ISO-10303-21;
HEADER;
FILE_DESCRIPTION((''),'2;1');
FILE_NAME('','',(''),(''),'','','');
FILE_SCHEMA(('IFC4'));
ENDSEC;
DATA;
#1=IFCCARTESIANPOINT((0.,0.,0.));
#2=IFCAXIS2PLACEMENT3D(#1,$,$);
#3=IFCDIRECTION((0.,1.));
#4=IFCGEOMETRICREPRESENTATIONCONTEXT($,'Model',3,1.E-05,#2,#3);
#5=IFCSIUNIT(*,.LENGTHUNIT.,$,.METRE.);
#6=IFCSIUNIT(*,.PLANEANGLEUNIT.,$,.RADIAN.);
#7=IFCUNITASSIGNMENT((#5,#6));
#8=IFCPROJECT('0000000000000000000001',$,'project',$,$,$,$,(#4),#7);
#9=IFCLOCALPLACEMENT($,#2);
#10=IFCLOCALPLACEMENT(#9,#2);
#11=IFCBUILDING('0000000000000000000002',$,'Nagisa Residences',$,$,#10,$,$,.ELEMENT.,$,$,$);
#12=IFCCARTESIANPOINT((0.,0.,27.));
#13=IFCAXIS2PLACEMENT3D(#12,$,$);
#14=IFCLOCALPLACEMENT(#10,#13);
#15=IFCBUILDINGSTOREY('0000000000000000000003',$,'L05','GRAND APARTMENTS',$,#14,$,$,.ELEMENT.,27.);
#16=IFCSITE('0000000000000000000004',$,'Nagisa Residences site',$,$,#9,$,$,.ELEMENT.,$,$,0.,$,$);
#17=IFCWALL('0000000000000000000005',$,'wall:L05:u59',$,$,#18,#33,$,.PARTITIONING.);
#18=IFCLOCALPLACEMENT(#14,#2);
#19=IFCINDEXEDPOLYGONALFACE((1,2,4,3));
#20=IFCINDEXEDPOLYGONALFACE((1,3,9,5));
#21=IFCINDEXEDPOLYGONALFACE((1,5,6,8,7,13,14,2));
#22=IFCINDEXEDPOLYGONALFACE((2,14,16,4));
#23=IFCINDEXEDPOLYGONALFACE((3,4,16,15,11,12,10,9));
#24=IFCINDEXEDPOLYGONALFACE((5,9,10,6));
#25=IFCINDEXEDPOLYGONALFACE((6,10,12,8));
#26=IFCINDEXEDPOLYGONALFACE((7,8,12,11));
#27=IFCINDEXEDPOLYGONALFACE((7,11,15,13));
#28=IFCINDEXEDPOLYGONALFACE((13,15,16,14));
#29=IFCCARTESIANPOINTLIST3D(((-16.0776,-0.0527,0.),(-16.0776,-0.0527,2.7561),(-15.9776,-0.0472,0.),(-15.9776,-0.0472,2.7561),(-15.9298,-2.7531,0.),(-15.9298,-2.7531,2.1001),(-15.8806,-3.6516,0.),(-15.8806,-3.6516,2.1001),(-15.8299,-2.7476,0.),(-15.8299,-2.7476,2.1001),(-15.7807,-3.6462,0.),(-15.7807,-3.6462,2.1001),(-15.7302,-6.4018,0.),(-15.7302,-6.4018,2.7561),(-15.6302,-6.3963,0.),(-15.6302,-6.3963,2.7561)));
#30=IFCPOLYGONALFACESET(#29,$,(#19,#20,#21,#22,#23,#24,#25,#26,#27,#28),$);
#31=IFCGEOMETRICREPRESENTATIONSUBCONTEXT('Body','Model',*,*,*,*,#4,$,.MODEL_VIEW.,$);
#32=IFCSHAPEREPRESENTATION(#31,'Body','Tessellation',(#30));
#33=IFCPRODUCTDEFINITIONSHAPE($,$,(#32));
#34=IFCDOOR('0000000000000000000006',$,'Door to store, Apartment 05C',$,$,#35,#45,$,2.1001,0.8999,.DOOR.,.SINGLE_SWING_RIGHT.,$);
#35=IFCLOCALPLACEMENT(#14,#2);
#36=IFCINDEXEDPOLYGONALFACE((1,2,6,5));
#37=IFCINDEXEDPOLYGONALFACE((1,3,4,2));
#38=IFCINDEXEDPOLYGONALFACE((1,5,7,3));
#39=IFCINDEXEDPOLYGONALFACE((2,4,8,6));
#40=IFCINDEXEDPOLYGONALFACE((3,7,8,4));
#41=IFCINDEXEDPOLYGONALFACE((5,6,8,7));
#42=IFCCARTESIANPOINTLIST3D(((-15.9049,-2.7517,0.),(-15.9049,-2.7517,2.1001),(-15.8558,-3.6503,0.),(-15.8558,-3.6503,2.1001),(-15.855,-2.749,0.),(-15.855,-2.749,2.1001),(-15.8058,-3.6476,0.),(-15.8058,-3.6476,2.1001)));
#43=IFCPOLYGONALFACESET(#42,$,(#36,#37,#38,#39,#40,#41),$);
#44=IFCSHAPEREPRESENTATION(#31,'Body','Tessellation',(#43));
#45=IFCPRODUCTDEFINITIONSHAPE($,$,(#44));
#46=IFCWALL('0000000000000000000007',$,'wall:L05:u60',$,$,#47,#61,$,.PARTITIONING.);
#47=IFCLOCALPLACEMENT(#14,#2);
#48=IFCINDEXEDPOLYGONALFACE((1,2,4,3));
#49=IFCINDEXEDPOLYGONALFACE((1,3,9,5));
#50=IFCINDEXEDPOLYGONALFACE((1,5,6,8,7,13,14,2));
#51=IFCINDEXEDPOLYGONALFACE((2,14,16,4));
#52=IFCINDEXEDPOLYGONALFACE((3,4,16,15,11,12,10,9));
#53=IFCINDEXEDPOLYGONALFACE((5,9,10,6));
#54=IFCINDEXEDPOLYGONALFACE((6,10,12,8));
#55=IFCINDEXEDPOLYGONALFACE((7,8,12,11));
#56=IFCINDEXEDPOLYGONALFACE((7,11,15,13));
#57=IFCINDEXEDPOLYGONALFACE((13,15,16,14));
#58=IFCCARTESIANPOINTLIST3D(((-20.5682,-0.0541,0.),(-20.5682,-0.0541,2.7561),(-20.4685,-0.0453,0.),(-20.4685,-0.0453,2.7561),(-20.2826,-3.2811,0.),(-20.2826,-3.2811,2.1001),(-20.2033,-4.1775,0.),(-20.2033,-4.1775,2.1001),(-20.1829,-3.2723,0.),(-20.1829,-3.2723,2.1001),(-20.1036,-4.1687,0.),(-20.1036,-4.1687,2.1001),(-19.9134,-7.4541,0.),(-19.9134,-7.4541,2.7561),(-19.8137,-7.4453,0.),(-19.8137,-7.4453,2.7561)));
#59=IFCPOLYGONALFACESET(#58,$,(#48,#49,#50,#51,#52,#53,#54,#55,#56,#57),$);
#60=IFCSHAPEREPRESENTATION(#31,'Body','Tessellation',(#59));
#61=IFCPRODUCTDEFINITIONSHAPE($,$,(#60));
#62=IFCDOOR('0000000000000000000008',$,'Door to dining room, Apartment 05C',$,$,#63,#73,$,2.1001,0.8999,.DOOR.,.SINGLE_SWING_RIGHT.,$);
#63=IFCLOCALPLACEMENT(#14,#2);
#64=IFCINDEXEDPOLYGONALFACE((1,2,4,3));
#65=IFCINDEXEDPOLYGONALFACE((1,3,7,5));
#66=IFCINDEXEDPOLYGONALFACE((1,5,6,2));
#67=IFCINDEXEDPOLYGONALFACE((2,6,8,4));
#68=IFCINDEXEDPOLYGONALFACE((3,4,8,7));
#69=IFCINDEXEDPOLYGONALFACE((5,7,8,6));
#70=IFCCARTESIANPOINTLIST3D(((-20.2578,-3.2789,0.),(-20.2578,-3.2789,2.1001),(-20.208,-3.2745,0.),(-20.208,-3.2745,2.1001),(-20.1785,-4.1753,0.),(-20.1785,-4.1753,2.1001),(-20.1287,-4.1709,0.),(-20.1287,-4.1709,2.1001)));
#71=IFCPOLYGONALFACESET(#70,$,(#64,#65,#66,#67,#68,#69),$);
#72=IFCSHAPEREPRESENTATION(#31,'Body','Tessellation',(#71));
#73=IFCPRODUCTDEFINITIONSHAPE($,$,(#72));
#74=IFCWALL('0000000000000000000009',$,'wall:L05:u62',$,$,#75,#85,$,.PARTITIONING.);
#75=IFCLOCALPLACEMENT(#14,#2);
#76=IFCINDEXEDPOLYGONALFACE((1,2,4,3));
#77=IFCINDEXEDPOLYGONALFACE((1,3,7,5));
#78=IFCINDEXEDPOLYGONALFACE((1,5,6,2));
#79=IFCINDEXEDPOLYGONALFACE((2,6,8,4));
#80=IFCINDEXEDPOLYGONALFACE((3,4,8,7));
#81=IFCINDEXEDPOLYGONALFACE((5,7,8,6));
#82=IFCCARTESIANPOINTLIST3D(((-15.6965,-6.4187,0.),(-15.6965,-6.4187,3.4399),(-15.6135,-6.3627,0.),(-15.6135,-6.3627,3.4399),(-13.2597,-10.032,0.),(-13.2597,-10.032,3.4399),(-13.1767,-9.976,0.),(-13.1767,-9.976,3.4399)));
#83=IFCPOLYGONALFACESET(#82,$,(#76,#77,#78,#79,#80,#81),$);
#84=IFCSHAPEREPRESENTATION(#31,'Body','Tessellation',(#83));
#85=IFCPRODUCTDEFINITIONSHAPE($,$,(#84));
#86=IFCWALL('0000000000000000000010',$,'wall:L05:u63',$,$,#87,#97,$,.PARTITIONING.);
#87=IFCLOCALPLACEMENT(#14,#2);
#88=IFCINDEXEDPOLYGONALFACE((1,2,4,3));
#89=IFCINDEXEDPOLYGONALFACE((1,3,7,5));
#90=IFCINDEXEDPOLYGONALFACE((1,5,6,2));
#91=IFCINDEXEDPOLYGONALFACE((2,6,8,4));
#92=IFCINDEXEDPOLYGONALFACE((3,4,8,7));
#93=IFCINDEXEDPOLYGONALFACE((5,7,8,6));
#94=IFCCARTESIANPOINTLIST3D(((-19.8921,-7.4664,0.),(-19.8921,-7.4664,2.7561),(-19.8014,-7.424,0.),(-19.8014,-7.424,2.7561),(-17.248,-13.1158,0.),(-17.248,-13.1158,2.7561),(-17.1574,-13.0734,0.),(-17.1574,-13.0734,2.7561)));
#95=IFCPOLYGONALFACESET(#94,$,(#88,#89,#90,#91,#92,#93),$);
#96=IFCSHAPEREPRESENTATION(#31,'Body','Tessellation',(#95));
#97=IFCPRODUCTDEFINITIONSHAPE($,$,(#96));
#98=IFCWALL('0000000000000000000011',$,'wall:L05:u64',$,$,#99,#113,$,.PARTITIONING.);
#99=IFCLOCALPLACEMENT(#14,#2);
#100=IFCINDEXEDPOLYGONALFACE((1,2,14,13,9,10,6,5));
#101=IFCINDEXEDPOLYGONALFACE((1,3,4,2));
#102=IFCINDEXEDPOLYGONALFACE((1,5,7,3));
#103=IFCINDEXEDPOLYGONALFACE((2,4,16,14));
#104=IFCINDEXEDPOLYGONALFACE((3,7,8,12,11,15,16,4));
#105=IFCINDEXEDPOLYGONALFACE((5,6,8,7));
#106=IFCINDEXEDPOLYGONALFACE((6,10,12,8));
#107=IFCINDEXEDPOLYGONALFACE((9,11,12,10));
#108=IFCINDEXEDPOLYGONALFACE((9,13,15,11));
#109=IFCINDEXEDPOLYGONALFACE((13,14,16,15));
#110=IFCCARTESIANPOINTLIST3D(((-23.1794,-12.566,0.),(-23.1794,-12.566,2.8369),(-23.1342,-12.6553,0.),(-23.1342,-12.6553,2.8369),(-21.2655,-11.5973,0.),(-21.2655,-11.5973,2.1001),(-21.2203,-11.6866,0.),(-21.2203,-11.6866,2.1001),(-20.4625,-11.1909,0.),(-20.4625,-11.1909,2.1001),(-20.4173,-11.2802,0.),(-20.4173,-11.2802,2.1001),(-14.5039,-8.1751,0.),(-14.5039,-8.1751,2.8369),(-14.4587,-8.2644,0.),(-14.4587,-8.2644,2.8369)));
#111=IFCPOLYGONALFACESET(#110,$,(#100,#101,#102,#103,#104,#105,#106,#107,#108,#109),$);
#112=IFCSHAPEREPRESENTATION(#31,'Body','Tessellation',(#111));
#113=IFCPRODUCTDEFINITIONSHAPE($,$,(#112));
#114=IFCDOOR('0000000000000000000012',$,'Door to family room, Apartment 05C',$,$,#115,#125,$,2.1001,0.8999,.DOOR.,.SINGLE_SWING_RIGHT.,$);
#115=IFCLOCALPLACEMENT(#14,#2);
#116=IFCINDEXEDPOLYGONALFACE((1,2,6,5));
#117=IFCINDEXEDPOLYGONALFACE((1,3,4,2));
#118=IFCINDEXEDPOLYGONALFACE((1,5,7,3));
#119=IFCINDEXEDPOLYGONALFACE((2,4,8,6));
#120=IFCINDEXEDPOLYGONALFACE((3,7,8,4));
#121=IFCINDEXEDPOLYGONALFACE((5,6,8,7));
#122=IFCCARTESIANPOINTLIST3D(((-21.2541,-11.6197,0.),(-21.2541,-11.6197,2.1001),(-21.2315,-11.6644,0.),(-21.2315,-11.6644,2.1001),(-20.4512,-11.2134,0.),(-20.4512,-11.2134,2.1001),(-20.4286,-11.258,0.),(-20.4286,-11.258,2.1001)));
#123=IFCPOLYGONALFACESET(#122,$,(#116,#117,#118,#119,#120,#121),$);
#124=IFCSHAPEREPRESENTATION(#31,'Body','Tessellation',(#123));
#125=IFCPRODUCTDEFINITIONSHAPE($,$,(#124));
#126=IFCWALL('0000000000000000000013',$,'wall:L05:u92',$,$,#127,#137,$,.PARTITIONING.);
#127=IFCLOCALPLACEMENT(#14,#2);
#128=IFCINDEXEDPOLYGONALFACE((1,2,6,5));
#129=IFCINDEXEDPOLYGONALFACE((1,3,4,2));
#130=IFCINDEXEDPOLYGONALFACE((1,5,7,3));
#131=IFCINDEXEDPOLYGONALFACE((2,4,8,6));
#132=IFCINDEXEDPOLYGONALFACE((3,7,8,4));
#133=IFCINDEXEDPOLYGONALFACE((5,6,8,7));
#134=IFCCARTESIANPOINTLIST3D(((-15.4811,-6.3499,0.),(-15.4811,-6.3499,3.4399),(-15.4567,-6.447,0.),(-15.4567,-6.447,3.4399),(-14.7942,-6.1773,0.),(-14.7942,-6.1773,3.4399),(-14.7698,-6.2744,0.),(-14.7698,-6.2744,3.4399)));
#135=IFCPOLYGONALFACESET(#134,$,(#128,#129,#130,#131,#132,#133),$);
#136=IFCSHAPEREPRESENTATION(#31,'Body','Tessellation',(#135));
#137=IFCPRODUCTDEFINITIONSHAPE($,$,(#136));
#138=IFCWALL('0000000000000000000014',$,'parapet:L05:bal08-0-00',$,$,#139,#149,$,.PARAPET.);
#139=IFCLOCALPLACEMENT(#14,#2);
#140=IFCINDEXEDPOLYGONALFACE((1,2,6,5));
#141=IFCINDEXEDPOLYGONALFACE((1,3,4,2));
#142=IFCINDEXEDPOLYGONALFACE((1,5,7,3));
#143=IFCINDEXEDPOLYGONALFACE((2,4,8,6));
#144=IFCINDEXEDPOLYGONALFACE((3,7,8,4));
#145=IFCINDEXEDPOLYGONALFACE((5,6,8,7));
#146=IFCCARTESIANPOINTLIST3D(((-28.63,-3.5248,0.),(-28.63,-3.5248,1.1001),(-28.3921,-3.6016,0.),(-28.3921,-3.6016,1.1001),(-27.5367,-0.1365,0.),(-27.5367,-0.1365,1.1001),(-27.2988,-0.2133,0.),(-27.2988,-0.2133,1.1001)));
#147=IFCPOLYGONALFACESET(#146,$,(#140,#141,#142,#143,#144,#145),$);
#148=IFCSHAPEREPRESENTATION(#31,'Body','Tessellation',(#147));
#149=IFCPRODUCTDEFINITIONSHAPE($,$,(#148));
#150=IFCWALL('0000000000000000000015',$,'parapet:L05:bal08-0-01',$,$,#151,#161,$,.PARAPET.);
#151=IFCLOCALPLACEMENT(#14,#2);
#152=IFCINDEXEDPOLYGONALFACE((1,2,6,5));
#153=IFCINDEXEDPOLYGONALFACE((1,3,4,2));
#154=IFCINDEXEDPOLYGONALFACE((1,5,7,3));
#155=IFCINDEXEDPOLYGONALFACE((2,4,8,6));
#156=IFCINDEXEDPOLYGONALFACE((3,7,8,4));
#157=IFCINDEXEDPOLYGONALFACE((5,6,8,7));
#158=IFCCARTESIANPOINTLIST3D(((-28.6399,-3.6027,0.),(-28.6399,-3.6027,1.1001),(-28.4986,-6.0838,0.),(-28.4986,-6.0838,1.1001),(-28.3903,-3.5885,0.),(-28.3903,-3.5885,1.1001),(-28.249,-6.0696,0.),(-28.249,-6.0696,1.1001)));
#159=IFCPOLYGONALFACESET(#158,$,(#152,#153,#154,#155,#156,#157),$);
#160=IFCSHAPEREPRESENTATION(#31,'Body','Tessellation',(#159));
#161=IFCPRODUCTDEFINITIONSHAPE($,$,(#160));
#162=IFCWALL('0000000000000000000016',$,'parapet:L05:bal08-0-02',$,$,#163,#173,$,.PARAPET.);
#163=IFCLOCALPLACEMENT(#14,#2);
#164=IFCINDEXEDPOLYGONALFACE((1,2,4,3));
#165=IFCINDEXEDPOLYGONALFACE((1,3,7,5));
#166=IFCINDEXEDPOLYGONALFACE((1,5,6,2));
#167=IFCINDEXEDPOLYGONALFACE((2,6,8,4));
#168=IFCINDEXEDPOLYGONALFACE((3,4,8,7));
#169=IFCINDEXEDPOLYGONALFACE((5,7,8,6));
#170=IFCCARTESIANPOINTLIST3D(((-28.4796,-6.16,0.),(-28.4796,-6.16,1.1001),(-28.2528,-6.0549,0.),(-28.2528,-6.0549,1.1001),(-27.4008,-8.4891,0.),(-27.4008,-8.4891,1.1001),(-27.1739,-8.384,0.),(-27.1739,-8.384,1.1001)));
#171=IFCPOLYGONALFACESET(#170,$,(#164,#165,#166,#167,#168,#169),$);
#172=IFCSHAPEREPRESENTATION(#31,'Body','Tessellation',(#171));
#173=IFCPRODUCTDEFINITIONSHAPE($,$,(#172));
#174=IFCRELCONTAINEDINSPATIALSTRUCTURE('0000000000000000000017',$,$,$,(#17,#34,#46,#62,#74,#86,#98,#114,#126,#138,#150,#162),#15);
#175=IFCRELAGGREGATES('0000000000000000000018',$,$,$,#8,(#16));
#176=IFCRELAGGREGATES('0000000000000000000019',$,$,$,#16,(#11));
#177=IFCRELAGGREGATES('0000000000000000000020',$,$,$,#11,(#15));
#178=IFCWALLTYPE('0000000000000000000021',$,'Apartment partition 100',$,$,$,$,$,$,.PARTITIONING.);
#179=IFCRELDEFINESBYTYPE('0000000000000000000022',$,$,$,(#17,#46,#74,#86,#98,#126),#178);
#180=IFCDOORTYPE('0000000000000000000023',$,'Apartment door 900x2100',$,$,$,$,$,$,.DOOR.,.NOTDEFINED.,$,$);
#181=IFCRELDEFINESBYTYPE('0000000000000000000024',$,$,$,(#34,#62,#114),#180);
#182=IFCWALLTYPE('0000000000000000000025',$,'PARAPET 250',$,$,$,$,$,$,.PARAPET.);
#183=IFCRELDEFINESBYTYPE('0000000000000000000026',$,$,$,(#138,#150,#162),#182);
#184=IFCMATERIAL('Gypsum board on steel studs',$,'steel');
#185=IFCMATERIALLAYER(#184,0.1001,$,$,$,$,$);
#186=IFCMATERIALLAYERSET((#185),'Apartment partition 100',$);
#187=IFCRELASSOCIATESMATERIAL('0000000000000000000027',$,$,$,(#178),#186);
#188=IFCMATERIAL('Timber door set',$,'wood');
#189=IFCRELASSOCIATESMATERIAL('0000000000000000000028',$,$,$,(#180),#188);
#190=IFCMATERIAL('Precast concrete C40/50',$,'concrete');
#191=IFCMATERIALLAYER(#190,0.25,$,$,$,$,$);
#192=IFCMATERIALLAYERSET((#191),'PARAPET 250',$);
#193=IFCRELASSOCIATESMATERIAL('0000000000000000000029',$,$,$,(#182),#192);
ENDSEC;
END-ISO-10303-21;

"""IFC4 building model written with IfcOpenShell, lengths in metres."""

from ifc_helpers import new_model, si_unit, direction, frame, frame_2d, origin, place, context, subcontext, project, spatial, rectangle, extrude, material, layer, layer_set, type_object, element, fill, save


model = new_model("IFC4")

# Units and contexts
model_context = context("Model", 3, precision=1e-05, world=origin(), true_north=direction((0.0, 1.0)))
body_context = subcontext(model_context, "Body", "Model", "MODEL_VIEW")
ifc_project = project(units=[si_unit("LENGTHUNIT", "METRE"), si_unit("PLANEANGLEUNIT", "RADIAN")], contexts=[model_context])

# Site, building, storey
site_placement = place(None, origin())
site = spatial("IfcSite", under=ifc_project, at=site_placement, Name="Nagisa Residences site", CompositionType="ELEMENT", RefElevation=0.0)
building_placement = place(site_placement, origin())
building = spatial("IfcBuilding", under=site, at=building_placement, Name="Nagisa Residences", CompositionType="ELEMENT")
storey_placement = place(building_placement, frame((0.0, 0.0, 27.0)))
storey = spatial("IfcBuildingStorey", under=building, at=storey_placement, Name="L05", Description="GRAND APARTMENTS", CompositionType="ELEMENT", Elevation=27.0)

# Walls, openings, doors
ifc_material_1 = material(Name="Gypsum board on steel studs", Category="steel")
ifc_layer_1 = layer(ifc_material_1, 0.1001)
ifc_layer_set_1 = layer_set([ifc_layer_1], Name="Apartment partition 100")
wall_type_1 = type_object("IfcWallType", Name="Apartment partition 100", PredefinedType="PARTITIONING", material=ifc_layer_set_1)
wall_1_placement = place(storey_placement, frame((-16.0276, -0.05, 0.0), z_axis=(0.0, 0.0, 1.0), x_axis=(0.054636, -0.998506, 0.0)))
wall_1 = element("IfcWall", 1, at=wall_1_placement, inside=storey, type_object=wall_type_1, Name="wall:L05:u59", PredefinedType="PARTITIONING", context=body_context, shape_type="SweptSolid", body=[
    extrude(rectangle(XDim=6.3586, YDim=0.1001, at=frame_2d((3.1792, 0.0))), origin(), (0.0, 0.0, 1.0), 2.7561),
])
opening_1_placement = place(wall_1_placement, frame((2.7043, 0.0, 0.0)))
opening_1 = element("IfcOpeningElement", 2, at=opening_1_placement, cuts=wall_1, PredefinedType="OPENING", context=body_context, shape_type="SweptSolid", body=[
    extrude(rectangle(XDim=0.8999, YDim=2.1001, at=frame_2d((0.45, 1.05))), frame((0.0, 0.0601, 0.0), z_axis=(0.0, -1.0, 0.0), x_axis=(1.0, 0.0, 0.0)), (0.0, 0.0, 1.0), 0.1201),
])
ifc_material_2 = material(Name="Timber door set", Category="wood")
door_type_1 = type_object("IfcDoorType", Name="Apartment door 900x2100", OperationType="NOTDEFINED", PredefinedType="DOOR", material=ifc_material_2)
door_1_placement = place(opening_1_placement, origin())
door_1 = element("IfcDoor", 3, at=door_1_placement, inside=storey, type_object=door_type_1, Name="Door to store, Apartment 05C", OperationType="SINGLE_SWING_RIGHT", OverallHeight=2.1001, OverallWidth=0.8999, PredefinedType="DOOR", context=body_context, shape_type="SweptSolid", body=[
    extrude(rectangle(XDim=0.8999, YDim=2.1001, at=frame_2d((0.45, 1.05))), frame((0.0, 0.0249, 0.0), z_axis=(0.0, -1.0, 0.0), x_axis=(1.0, 0.0, 0.0)), (0.0, 0.0, 1.0), 0.05),
])
fill(opening_1, door_1)
wall_2_placement = place(storey_placement, frame((-20.5183, -0.0498, 0.0), z_axis=(0.0, 0.0, 1.0), x_axis=(0.088138, -0.996108, 0.0)))
wall_2 = element("IfcWall", 4, at=wall_2_placement, inside=storey, type_object=wall_type_1, Name="wall:L05:u60", PredefinedType="PARTITIONING", context=body_context, shape_type="SweptSolid", body=[
    extrude(rectangle(XDim=7.429, YDim=0.1001, at=frame_2d((3.7144, 0.0))), origin(), (0.0, 0.0, 1.0), 2.7561),
])
opening_2_placement = place(wall_2_placement, frame((3.2395, 0.0, 0.0)))
opening_2 = element("IfcOpeningElement", 5, at=opening_2_placement, cuts=wall_2, PredefinedType="OPENING", context=body_context, shape_type="SweptSolid", body=[
    extrude(rectangle(XDim=0.8999, YDim=2.1001, at=frame_2d((0.45, 1.05))), frame((0.0, 0.0601, 0.0), z_axis=(0.0, -1.0, 0.0), x_axis=(1.0, 0.0, 0.0)), (0.0, 0.0, 1.0), 0.1201),
])
door_2_placement = place(opening_2_placement, origin())
door_2 = element("IfcDoor", 6, at=door_2_placement, inside=storey, type_object=door_type_1, Name="Door to dining room, Apartment 05C", OperationType="SINGLE_SWING_RIGHT", OverallHeight=2.1001, OverallWidth=0.8999, PredefinedType="DOOR", context=body_context, shape_type="SweptSolid", body=[
    extrude(rectangle(XDim=0.8999, YDim=2.1001, at=frame_2d((0.45, 1.05))), frame((0.0, 0.0249, 0.0), z_axis=(0.0, -1.0, 0.0), x_axis=(1.0, 0.0, 0.0)), (0.0, 0.0, 1.0), 0.05),
])
fill(opening_2, door_2)

# Walls
wall_3_placement = place(storey_placement, frame((-15.655, -6.3906, 0.0), z_axis=(0.0, 0.0, 1.0), x_axis=(0.559126, -0.829082, 0.0)))
element("IfcWall", 7, at=wall_3_placement, inside=storey, type_object=wall_type_1, Name="wall:L05:u62", PredefinedType="PARTITIONING", context=body_context, shape_type="SweptSolid", body=[
    extrude(rectangle(XDim=4.3582, YDim=0.1001, at=frame_2d((2.1792, 0.0))), origin(), (0.0, 0.0, 1.0), 3.4399),
])
wall_4_placement = place(storey_placement, frame((-19.8467, -7.4453, 0.0), z_axis=(0.0, 0.0, 1.0), x_axis=(0.423892, -0.905713, 0.0)))
element("IfcWall", 8, at=wall_4_placement, inside=storey, type_object=wall_type_1, Name="wall:L05:u63", PredefinedType="PARTITIONING", context=body_context, shape_type="SweptSolid", body=[
    extrude(rectangle(XDim=6.2375, YDim=0.1001, at=frame_2d((3.1187, 0.0))), origin(), (0.0, 0.0, 1.0), 2.7561),
])

# Wall, opening, door
wall_5_placement = place(storey_placement, frame((-14.4812, -8.2197, 0.0), z_axis=(0.0, 0.0, 1.0), x_axis=(-0.892232, -0.451577, 0.0)))
wall_5 = element("IfcWall", 9, at=wall_5_placement, inside=storey, type_object=wall_type_1, Name="wall:L05:u64", PredefinedType="PARTITIONING", context=body_context, shape_type="SweptSolid", body=[
    extrude(rectangle(XDim=9.7234, YDim=0.1001, at=frame_2d((4.8618, 0.0))), origin(), (0.0, 0.0, 1.0), 2.8369),
])
opening_3_placement = place(wall_5_placement, frame((6.6785, 0.0, 0.0)))
opening_3 = element("IfcOpeningElement", 10, at=opening_3_placement, cuts=wall_5, PredefinedType="OPENING", context=body_context, shape_type="SweptSolid", body=[
    extrude(rectangle(XDim=0.8999, YDim=2.1001, at=frame_2d((0.45, 1.05))), frame((0.0, 0.0601, 0.0), z_axis=(0.0, -1.0, 0.0), x_axis=(1.0, 0.0, 0.0)), (0.0, 0.0, 1.0), 0.1201),
])
door_3_placement = place(opening_3_placement, frame((0.8999, 0.0, 0.0), x_axis=(-1.0, 0.0, 0.0)))
door_3 = element("IfcDoor", 11, at=door_3_placement, inside=storey, type_object=door_type_1, Name="Door to family room, Apartment 05C", OperationType="SINGLE_SWING_RIGHT", OverallHeight=2.1001, OverallWidth=0.8999, PredefinedType="DOOR", context=body_context, shape_type="SweptSolid", body=[
    extrude(rectangle(XDim=0.8999, YDim=2.1001, at=frame_2d((0.45, 1.05))), frame((0.0, 0.0249, 0.0), z_axis=(0.0, -1.0, 0.0), x_axis=(1.0, 0.0, 0.0)), (0.0, 0.0, 1.0), 0.05),
])
fill(opening_3, door_3)

# Wall
wall_6_placement = place(storey_placement, frame((-15.4688, -6.3984, 0.0), z_axis=(0.0, 0.0, 1.0), x_axis=(0.969858, 0.243671, 0.0)))
element("IfcWall", 12, at=wall_6_placement, inside=storey, type_object=wall_type_1, Name="wall:L05:u92", PredefinedType="PARTITIONING", context=body_context, shape_type="SweptSolid", body=[
    extrude(rectangle(XDim=0.7083, YDim=0.1001, at=frame_2d((0.354, 0.0))), origin(), (0.0, 0.0, 1.0), 3.4399),
])

# Walls
ifc_material_3 = material(Name="Precast concrete C40/50", Category="concrete")
ifc_layer_2 = layer(ifc_material_3, 0.25)
ifc_layer_set_2 = layer_set([ifc_layer_2], Name="PARAPET 250")
wall_type_2 = type_object("IfcWallType", Name="PARAPET 250", PredefinedType="PARAPET", material=ifc_layer_set_2)
wall_7_placement = place(storey_placement, frame((-27.4177, -0.1748, 0.0), z_axis=(0.0, 0.0, 1.0), x_axis=(-0.307079, -0.951684, 0.0)))
element("IfcWall", 13, at=wall_7_placement, inside=storey, type_object=wall_type_2, Name="parapet:L05:bal08-0-00", PredefinedType="PARAPET", context=body_context, shape_type="SweptSolid", body=[
    extrude(rectangle(XDim=3.5603, YDim=0.25, at=frame_2d((1.7803, 0.0))), origin(), (0.0, 0.0, 1.0), 1.1001),
])
wall_8_placement = place(storey_placement, frame((-28.5151, -3.5955, 0.0), z_axis=(0.0, 0.0, 1.0), x_axis=(0.056879, -0.998381, 0.0)))
element("IfcWall", 14, at=wall_8_placement, inside=storey, type_object=wall_type_2, Name="parapet:L05:bal08-0-01", PredefinedType="PARAPET", context=body_context, shape_type="SweptSolid", body=[
    extrude(rectangle(XDim=2.4851, YDim=0.25, at=frame_2d((1.2427, 0.0))), origin(), (0.0, 0.0, 1.0), 1.1001),
])
wall_9_placement = place(storey_placement, frame((-28.3662, -6.1074, 0.0), z_axis=(0.0, 0.0, 1.0), x_axis=(0.420306, -0.907382, 0.0)))
element("IfcWall", 15, at=wall_9_placement, inside=storey, type_object=wall_type_2, Name="parapet:L05:bal08-0-02", PredefinedType="PARAPET", context=body_context, shape_type="SweptSolid", body=[
    extrude(rectangle(XDim=2.5669, YDim=0.25, at=frame_2d((1.2834, 0.0))), origin(), (0.0, 0.0, 1.0), 1.1001),
])

save(model, "model.ifc")
